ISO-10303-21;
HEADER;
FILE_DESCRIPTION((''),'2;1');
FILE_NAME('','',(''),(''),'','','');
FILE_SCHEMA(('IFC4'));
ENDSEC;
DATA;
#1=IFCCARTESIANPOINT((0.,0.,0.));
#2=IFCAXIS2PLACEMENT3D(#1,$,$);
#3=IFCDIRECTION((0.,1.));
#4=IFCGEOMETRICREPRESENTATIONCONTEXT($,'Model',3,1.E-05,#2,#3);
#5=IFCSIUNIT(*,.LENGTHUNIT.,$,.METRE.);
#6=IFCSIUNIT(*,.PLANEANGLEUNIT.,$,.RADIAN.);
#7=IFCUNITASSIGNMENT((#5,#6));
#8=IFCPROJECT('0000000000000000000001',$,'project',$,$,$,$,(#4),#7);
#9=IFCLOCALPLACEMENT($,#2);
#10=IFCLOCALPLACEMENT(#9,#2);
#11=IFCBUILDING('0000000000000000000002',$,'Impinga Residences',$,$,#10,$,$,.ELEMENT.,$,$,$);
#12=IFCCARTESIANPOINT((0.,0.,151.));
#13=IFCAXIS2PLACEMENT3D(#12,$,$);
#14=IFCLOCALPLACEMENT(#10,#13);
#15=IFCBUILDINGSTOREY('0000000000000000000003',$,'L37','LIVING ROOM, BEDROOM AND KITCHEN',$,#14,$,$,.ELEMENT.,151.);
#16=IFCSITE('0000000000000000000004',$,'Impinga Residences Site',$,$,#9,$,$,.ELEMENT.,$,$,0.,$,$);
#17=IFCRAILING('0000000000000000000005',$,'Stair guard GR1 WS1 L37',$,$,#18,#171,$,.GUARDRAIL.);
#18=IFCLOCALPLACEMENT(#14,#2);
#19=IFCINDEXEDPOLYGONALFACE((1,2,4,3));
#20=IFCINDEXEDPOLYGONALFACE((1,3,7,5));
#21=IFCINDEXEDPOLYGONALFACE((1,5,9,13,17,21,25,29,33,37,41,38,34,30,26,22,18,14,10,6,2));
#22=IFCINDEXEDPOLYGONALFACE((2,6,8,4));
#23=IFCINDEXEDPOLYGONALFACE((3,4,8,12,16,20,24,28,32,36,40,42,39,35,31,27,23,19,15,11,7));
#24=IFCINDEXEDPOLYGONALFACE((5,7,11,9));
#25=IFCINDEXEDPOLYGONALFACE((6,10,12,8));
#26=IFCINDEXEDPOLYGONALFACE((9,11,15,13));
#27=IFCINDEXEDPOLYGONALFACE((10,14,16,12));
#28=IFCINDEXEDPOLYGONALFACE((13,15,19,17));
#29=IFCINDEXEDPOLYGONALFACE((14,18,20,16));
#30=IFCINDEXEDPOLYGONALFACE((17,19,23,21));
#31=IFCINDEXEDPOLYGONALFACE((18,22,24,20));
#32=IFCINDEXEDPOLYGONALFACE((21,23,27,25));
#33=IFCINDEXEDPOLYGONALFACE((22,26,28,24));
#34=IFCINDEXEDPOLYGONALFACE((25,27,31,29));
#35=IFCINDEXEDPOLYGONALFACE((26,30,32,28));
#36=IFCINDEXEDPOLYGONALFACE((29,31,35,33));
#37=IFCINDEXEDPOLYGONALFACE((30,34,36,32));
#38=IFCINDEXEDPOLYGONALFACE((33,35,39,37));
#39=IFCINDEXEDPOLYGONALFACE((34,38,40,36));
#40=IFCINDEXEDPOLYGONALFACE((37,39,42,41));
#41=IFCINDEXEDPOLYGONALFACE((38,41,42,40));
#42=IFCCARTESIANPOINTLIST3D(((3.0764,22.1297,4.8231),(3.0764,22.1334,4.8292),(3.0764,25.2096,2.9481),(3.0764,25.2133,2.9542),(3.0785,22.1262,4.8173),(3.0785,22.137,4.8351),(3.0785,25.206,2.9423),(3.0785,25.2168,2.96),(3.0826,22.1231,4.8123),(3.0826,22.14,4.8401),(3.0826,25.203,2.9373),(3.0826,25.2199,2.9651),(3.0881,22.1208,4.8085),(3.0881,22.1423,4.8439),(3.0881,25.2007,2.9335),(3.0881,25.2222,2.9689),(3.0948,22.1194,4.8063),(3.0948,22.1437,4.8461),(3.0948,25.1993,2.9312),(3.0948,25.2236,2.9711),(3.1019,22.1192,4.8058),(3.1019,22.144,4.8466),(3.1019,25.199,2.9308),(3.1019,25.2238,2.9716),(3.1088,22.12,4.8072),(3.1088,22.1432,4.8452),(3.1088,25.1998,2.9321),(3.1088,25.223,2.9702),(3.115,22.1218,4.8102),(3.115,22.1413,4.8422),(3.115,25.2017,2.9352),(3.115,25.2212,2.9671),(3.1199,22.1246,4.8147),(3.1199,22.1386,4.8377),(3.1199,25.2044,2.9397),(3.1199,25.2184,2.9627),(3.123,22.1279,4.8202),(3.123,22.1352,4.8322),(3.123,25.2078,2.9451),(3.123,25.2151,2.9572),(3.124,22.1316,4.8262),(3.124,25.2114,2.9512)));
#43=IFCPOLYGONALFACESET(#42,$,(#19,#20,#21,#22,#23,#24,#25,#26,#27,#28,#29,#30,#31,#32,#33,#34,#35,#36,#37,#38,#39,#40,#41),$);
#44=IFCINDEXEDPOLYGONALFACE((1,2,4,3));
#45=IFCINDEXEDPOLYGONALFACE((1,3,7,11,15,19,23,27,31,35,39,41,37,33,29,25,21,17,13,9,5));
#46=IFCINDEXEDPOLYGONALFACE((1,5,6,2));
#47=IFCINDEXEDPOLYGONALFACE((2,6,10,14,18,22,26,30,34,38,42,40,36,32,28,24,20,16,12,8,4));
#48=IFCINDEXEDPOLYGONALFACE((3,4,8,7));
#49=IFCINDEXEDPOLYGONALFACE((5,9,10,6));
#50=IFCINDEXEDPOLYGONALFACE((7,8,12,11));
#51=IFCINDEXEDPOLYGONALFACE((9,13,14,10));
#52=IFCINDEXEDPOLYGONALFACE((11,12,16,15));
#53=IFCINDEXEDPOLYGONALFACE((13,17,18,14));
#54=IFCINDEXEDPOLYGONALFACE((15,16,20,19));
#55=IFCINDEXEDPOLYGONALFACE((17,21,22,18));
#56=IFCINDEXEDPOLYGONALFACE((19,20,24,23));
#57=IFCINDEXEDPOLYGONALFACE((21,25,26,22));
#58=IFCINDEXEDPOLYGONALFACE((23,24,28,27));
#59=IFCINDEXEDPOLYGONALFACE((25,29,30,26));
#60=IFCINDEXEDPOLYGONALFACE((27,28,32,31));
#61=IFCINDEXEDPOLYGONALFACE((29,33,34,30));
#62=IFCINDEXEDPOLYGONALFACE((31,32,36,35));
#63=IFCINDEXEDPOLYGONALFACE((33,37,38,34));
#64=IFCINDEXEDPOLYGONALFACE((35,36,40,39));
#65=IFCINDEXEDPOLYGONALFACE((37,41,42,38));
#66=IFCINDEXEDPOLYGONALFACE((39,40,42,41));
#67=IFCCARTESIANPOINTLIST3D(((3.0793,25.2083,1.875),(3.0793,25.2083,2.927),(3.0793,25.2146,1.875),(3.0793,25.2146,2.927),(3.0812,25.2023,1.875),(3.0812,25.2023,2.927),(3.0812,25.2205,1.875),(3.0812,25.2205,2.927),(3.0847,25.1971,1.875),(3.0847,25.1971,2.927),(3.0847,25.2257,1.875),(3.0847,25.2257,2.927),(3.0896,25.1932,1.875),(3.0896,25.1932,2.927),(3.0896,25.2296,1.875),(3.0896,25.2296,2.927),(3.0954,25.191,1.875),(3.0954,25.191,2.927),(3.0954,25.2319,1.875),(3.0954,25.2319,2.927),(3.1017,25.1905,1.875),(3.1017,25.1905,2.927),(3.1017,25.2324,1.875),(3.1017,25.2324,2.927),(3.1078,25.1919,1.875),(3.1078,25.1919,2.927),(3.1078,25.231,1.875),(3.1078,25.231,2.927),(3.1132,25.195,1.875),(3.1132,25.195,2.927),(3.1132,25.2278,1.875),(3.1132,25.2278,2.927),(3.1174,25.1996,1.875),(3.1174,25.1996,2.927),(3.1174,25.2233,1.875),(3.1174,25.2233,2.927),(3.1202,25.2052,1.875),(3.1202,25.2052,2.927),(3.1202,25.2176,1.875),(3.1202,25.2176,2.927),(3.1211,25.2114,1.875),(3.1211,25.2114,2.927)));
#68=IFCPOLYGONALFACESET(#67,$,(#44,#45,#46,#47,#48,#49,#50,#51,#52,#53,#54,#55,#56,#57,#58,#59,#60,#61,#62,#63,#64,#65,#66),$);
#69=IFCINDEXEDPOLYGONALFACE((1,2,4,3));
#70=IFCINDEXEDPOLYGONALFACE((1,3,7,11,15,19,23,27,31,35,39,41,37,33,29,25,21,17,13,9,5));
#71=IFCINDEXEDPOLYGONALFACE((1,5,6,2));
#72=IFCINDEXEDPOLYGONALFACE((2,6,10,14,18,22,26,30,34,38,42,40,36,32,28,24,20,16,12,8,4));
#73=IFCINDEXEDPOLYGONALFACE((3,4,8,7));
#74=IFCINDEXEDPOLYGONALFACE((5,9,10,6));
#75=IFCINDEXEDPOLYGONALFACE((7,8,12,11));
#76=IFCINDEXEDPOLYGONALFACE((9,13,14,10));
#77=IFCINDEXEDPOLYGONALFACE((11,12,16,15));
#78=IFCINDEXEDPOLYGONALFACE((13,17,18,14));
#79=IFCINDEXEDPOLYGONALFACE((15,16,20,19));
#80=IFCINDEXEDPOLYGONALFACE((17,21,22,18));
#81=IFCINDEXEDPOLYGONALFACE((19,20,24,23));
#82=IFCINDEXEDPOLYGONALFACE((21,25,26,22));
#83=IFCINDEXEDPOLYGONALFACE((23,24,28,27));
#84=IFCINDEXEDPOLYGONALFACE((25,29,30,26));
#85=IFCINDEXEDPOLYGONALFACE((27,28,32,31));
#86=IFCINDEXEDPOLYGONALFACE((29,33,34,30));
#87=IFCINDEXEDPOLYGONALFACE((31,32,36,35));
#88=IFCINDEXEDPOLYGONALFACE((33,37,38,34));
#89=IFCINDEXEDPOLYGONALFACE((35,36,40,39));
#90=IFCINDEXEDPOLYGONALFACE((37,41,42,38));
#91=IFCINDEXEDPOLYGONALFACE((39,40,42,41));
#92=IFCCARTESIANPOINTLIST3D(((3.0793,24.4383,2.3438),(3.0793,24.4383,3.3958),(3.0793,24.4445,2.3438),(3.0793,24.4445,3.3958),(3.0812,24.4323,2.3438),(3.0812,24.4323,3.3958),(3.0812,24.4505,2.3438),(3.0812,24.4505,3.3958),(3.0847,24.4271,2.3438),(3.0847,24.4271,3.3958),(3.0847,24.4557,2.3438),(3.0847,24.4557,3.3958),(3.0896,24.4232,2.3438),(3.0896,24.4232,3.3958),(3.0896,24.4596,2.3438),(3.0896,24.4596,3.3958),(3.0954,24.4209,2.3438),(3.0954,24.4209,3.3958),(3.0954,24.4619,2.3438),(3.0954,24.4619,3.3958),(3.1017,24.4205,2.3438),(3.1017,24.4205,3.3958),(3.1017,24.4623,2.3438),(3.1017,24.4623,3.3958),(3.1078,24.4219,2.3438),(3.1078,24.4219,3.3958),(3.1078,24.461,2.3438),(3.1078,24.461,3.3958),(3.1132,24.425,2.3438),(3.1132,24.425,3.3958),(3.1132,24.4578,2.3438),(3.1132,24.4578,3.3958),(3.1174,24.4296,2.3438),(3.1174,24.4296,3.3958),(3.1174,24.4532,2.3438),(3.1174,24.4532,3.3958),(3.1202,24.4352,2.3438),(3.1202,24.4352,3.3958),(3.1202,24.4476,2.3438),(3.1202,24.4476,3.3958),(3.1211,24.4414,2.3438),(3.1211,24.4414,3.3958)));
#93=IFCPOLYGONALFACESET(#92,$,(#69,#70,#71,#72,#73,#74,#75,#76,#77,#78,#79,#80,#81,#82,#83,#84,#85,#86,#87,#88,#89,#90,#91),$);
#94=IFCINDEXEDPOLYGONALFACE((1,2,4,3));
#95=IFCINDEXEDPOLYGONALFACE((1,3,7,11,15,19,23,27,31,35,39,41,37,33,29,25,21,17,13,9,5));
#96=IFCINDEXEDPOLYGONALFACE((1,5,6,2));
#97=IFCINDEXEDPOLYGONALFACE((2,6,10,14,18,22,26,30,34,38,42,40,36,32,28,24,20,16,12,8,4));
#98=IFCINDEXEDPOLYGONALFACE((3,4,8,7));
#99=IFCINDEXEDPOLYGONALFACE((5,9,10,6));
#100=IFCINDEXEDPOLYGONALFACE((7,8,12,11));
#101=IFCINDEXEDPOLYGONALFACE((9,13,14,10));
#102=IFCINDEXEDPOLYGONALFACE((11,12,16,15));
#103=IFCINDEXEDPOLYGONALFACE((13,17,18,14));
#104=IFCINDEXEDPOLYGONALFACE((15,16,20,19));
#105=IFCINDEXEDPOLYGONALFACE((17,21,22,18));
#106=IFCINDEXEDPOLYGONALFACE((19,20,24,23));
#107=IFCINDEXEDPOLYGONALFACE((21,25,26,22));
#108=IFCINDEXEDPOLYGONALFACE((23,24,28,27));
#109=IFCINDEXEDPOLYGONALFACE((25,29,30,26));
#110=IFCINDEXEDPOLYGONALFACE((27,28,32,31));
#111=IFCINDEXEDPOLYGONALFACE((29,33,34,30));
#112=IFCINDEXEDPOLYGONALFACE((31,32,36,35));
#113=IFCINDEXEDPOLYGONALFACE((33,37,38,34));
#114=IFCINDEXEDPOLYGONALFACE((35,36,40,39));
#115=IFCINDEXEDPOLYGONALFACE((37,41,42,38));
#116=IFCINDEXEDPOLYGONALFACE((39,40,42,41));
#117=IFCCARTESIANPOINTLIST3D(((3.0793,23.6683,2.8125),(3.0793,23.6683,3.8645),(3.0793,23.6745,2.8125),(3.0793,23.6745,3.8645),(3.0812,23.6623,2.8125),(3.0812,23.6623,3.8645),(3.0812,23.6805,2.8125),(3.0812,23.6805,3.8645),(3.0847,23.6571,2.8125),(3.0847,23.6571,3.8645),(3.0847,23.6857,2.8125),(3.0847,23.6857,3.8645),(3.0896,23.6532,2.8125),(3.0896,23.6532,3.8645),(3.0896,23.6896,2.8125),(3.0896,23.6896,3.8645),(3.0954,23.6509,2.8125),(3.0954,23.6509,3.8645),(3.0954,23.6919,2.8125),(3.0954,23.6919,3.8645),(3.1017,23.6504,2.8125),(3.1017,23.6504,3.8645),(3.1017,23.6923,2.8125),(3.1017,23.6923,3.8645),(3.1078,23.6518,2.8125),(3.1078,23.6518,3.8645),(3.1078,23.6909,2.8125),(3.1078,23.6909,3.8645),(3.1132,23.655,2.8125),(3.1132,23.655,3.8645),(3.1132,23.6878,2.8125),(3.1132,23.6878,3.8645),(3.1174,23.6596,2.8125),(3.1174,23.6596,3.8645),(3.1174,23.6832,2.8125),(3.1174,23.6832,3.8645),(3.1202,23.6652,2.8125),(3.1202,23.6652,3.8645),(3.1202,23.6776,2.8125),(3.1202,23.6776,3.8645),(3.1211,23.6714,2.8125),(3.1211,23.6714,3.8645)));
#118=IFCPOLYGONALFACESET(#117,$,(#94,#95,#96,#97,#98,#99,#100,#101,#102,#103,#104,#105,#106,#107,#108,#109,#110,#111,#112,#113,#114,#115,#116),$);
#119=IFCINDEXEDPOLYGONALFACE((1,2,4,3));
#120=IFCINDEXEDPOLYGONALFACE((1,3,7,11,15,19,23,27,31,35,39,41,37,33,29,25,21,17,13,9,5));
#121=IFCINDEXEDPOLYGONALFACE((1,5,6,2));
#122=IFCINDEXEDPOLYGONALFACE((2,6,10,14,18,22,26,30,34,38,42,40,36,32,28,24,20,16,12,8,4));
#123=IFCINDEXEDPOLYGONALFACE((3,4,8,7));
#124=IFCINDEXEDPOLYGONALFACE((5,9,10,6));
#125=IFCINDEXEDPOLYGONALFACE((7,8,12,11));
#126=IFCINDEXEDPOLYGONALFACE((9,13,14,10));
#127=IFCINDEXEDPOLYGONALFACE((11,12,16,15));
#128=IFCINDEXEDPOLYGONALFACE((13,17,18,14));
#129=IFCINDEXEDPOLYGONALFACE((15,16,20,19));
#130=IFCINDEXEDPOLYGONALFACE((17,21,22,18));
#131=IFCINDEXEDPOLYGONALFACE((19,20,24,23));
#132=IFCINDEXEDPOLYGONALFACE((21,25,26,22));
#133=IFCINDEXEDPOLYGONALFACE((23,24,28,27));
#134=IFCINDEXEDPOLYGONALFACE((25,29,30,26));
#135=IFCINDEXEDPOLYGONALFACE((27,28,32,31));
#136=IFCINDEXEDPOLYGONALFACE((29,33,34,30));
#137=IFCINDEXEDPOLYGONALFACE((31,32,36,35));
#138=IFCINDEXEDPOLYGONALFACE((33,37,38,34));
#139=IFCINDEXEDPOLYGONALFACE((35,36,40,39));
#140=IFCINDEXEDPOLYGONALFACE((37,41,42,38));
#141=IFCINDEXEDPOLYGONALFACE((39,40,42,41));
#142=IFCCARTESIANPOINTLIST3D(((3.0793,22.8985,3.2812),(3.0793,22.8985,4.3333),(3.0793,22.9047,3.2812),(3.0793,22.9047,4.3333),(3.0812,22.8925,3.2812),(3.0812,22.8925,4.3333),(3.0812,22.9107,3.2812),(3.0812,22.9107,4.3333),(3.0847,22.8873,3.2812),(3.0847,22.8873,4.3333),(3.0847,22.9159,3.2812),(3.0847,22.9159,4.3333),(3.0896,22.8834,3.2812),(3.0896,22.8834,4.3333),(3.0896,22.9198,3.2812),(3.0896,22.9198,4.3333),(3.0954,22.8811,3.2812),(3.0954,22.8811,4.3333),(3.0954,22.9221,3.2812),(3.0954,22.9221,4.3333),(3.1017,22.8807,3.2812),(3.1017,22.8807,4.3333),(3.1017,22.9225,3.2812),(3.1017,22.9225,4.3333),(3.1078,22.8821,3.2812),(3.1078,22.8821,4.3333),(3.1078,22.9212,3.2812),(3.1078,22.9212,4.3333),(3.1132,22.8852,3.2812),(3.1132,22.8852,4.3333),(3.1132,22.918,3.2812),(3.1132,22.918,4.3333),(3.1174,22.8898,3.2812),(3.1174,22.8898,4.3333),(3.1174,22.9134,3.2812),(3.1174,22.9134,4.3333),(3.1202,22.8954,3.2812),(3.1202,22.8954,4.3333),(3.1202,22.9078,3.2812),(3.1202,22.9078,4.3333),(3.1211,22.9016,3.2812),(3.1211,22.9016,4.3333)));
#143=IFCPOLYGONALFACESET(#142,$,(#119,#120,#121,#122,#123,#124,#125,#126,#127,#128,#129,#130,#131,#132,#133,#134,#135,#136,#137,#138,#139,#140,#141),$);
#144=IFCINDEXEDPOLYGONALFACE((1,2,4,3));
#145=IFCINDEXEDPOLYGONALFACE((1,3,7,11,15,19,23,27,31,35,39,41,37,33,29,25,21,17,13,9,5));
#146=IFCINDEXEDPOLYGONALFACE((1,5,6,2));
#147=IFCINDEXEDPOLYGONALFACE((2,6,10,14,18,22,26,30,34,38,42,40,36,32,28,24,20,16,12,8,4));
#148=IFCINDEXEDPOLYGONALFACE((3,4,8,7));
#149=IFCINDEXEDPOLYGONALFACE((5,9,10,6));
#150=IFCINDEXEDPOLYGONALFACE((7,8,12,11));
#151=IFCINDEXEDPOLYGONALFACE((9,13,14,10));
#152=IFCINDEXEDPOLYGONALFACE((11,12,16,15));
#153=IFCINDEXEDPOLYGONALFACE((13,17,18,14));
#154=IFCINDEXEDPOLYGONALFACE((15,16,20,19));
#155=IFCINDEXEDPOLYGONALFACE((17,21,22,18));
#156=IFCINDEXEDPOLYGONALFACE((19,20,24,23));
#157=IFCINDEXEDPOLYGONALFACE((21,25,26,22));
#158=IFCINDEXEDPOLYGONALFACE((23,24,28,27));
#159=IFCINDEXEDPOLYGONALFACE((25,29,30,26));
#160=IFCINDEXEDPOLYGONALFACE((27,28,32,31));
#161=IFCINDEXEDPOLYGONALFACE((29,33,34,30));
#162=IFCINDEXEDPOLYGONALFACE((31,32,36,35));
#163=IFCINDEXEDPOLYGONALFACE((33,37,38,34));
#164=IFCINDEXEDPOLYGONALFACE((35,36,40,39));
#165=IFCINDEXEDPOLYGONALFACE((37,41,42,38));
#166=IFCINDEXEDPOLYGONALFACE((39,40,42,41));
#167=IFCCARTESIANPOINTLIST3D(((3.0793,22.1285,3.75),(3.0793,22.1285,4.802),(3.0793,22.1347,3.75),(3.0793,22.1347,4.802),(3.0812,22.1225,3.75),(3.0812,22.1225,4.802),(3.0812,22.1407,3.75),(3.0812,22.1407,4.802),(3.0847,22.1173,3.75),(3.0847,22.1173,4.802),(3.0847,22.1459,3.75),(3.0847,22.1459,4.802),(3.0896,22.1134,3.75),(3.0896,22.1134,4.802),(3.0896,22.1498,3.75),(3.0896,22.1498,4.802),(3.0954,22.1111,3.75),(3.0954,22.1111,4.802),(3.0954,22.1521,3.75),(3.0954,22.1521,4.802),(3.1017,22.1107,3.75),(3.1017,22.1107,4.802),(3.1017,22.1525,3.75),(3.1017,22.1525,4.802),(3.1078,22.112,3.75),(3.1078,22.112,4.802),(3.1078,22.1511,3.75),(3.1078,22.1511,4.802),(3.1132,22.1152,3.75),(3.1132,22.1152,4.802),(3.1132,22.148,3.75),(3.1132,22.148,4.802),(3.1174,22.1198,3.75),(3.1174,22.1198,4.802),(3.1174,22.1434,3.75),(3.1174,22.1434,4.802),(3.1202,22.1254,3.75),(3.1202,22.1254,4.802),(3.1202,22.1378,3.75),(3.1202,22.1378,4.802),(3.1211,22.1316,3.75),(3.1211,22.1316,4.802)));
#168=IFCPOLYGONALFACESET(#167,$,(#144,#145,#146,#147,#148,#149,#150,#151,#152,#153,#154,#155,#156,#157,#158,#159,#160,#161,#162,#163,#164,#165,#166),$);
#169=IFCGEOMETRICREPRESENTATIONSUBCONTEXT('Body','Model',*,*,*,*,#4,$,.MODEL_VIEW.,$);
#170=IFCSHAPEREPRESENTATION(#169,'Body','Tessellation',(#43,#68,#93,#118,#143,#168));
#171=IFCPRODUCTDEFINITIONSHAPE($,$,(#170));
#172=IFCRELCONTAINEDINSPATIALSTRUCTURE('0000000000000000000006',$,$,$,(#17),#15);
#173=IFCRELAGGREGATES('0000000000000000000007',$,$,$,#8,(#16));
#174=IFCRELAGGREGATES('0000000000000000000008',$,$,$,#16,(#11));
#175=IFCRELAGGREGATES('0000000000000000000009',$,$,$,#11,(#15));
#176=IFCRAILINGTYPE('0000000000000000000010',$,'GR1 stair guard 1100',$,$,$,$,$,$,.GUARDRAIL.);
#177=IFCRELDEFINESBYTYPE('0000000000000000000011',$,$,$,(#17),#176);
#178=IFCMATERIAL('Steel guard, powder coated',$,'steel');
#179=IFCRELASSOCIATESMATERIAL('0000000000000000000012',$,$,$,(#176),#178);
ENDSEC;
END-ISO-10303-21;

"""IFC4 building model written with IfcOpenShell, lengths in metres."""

from ifc_helpers import new_model, si_unit, direction, frame, origin, origin_2d, place, context, subcontext, project, spatial, circle, extrude, material, type_object, element, save


model = new_model("IFC4")

# Units and contexts
model_context = context("Model", 3, precision=1e-05, world=origin(), true_north=direction((0.0, 1.0)))
body_context = subcontext(model_context, "Body", "Model", "MODEL_VIEW")
ifc_project = project(units=[si_unit("LENGTHUNIT", "METRE"), si_unit("PLANEANGLEUNIT", "RADIAN")], contexts=[model_context])

# Site, building, storey
site_placement = place(None, origin())
site = spatial("IfcSite", under=ifc_project, at=site_placement, Name="Impinga Residences Site", CompositionType="ELEMENT", RefElevation=0.0)
building_placement = place(site_placement, origin())
building = spatial("IfcBuilding", under=site, at=building_placement, Name="Impinga Residences", CompositionType="ELEMENT")
storey_placement = place(building_placement, frame((0.0, 0.0, 151.0)))
storey = spatial("IfcBuildingStorey", under=building, at=storey_placement, Name="L37", Description="LIVING ROOM, BEDROOM AND KITCHEN", CompositionType="ELEMENT", Elevation=151.0)

# Railing
ifc_material_1 = material(Name="Steel guard, powder coated", Category="steel")
railing_type_1 = type_object("IfcRailingType", Name="GR1 stair guard 1100", PredefinedType="GUARDRAIL", material=ifc_material_1)
railing_1_placement = place(storey_placement, frame((3.1001, 25.2114, 1.875)))
element("IfcRailing", 1, at=railing_1_placement, inside=storey, type_object=railing_type_1, Name="Stair guard GR1 WS1 L37", PredefinedType="GUARDRAIL", context=body_context, shape_type="SweptSolid", body=[
    extrude(circle(Radius=0.0239, at=origin_2d()), frame((0.0, 0.0, 1.0762), z_axis=(0.0, -0.854159, 0.520011), x_axis=(1.0, 0.0, 0.0)), (0.0, 0.0, 1.0), 3.6057),
    extrude(circle(Radius=0.021, at=origin_2d()), origin(), (0.0, 0.0, 1.0), 1.052),
    extrude(circle(Radius=0.021, at=origin_2d()), frame((0.0, -0.77, 0.4688)), (0.0, 0.0, 1.0), 1.052),
    extrude(circle(Radius=0.021, at=origin_2d()), frame((0.0, -1.54, 0.9375)), (0.0, 0.0, 1.0), 1.052),
    extrude(circle(Radius=0.021, at=origin_2d()), frame((0.0, -2.3098, 1.4062)), (0.0, 0.0, 1.0), 1.052),
    extrude(circle(Radius=0.021, at=origin_2d()), frame((0.0, -3.0798, 1.875)), (0.0, 0.0, 1.0), 1.052),
])

save(model, "model.ifc")
